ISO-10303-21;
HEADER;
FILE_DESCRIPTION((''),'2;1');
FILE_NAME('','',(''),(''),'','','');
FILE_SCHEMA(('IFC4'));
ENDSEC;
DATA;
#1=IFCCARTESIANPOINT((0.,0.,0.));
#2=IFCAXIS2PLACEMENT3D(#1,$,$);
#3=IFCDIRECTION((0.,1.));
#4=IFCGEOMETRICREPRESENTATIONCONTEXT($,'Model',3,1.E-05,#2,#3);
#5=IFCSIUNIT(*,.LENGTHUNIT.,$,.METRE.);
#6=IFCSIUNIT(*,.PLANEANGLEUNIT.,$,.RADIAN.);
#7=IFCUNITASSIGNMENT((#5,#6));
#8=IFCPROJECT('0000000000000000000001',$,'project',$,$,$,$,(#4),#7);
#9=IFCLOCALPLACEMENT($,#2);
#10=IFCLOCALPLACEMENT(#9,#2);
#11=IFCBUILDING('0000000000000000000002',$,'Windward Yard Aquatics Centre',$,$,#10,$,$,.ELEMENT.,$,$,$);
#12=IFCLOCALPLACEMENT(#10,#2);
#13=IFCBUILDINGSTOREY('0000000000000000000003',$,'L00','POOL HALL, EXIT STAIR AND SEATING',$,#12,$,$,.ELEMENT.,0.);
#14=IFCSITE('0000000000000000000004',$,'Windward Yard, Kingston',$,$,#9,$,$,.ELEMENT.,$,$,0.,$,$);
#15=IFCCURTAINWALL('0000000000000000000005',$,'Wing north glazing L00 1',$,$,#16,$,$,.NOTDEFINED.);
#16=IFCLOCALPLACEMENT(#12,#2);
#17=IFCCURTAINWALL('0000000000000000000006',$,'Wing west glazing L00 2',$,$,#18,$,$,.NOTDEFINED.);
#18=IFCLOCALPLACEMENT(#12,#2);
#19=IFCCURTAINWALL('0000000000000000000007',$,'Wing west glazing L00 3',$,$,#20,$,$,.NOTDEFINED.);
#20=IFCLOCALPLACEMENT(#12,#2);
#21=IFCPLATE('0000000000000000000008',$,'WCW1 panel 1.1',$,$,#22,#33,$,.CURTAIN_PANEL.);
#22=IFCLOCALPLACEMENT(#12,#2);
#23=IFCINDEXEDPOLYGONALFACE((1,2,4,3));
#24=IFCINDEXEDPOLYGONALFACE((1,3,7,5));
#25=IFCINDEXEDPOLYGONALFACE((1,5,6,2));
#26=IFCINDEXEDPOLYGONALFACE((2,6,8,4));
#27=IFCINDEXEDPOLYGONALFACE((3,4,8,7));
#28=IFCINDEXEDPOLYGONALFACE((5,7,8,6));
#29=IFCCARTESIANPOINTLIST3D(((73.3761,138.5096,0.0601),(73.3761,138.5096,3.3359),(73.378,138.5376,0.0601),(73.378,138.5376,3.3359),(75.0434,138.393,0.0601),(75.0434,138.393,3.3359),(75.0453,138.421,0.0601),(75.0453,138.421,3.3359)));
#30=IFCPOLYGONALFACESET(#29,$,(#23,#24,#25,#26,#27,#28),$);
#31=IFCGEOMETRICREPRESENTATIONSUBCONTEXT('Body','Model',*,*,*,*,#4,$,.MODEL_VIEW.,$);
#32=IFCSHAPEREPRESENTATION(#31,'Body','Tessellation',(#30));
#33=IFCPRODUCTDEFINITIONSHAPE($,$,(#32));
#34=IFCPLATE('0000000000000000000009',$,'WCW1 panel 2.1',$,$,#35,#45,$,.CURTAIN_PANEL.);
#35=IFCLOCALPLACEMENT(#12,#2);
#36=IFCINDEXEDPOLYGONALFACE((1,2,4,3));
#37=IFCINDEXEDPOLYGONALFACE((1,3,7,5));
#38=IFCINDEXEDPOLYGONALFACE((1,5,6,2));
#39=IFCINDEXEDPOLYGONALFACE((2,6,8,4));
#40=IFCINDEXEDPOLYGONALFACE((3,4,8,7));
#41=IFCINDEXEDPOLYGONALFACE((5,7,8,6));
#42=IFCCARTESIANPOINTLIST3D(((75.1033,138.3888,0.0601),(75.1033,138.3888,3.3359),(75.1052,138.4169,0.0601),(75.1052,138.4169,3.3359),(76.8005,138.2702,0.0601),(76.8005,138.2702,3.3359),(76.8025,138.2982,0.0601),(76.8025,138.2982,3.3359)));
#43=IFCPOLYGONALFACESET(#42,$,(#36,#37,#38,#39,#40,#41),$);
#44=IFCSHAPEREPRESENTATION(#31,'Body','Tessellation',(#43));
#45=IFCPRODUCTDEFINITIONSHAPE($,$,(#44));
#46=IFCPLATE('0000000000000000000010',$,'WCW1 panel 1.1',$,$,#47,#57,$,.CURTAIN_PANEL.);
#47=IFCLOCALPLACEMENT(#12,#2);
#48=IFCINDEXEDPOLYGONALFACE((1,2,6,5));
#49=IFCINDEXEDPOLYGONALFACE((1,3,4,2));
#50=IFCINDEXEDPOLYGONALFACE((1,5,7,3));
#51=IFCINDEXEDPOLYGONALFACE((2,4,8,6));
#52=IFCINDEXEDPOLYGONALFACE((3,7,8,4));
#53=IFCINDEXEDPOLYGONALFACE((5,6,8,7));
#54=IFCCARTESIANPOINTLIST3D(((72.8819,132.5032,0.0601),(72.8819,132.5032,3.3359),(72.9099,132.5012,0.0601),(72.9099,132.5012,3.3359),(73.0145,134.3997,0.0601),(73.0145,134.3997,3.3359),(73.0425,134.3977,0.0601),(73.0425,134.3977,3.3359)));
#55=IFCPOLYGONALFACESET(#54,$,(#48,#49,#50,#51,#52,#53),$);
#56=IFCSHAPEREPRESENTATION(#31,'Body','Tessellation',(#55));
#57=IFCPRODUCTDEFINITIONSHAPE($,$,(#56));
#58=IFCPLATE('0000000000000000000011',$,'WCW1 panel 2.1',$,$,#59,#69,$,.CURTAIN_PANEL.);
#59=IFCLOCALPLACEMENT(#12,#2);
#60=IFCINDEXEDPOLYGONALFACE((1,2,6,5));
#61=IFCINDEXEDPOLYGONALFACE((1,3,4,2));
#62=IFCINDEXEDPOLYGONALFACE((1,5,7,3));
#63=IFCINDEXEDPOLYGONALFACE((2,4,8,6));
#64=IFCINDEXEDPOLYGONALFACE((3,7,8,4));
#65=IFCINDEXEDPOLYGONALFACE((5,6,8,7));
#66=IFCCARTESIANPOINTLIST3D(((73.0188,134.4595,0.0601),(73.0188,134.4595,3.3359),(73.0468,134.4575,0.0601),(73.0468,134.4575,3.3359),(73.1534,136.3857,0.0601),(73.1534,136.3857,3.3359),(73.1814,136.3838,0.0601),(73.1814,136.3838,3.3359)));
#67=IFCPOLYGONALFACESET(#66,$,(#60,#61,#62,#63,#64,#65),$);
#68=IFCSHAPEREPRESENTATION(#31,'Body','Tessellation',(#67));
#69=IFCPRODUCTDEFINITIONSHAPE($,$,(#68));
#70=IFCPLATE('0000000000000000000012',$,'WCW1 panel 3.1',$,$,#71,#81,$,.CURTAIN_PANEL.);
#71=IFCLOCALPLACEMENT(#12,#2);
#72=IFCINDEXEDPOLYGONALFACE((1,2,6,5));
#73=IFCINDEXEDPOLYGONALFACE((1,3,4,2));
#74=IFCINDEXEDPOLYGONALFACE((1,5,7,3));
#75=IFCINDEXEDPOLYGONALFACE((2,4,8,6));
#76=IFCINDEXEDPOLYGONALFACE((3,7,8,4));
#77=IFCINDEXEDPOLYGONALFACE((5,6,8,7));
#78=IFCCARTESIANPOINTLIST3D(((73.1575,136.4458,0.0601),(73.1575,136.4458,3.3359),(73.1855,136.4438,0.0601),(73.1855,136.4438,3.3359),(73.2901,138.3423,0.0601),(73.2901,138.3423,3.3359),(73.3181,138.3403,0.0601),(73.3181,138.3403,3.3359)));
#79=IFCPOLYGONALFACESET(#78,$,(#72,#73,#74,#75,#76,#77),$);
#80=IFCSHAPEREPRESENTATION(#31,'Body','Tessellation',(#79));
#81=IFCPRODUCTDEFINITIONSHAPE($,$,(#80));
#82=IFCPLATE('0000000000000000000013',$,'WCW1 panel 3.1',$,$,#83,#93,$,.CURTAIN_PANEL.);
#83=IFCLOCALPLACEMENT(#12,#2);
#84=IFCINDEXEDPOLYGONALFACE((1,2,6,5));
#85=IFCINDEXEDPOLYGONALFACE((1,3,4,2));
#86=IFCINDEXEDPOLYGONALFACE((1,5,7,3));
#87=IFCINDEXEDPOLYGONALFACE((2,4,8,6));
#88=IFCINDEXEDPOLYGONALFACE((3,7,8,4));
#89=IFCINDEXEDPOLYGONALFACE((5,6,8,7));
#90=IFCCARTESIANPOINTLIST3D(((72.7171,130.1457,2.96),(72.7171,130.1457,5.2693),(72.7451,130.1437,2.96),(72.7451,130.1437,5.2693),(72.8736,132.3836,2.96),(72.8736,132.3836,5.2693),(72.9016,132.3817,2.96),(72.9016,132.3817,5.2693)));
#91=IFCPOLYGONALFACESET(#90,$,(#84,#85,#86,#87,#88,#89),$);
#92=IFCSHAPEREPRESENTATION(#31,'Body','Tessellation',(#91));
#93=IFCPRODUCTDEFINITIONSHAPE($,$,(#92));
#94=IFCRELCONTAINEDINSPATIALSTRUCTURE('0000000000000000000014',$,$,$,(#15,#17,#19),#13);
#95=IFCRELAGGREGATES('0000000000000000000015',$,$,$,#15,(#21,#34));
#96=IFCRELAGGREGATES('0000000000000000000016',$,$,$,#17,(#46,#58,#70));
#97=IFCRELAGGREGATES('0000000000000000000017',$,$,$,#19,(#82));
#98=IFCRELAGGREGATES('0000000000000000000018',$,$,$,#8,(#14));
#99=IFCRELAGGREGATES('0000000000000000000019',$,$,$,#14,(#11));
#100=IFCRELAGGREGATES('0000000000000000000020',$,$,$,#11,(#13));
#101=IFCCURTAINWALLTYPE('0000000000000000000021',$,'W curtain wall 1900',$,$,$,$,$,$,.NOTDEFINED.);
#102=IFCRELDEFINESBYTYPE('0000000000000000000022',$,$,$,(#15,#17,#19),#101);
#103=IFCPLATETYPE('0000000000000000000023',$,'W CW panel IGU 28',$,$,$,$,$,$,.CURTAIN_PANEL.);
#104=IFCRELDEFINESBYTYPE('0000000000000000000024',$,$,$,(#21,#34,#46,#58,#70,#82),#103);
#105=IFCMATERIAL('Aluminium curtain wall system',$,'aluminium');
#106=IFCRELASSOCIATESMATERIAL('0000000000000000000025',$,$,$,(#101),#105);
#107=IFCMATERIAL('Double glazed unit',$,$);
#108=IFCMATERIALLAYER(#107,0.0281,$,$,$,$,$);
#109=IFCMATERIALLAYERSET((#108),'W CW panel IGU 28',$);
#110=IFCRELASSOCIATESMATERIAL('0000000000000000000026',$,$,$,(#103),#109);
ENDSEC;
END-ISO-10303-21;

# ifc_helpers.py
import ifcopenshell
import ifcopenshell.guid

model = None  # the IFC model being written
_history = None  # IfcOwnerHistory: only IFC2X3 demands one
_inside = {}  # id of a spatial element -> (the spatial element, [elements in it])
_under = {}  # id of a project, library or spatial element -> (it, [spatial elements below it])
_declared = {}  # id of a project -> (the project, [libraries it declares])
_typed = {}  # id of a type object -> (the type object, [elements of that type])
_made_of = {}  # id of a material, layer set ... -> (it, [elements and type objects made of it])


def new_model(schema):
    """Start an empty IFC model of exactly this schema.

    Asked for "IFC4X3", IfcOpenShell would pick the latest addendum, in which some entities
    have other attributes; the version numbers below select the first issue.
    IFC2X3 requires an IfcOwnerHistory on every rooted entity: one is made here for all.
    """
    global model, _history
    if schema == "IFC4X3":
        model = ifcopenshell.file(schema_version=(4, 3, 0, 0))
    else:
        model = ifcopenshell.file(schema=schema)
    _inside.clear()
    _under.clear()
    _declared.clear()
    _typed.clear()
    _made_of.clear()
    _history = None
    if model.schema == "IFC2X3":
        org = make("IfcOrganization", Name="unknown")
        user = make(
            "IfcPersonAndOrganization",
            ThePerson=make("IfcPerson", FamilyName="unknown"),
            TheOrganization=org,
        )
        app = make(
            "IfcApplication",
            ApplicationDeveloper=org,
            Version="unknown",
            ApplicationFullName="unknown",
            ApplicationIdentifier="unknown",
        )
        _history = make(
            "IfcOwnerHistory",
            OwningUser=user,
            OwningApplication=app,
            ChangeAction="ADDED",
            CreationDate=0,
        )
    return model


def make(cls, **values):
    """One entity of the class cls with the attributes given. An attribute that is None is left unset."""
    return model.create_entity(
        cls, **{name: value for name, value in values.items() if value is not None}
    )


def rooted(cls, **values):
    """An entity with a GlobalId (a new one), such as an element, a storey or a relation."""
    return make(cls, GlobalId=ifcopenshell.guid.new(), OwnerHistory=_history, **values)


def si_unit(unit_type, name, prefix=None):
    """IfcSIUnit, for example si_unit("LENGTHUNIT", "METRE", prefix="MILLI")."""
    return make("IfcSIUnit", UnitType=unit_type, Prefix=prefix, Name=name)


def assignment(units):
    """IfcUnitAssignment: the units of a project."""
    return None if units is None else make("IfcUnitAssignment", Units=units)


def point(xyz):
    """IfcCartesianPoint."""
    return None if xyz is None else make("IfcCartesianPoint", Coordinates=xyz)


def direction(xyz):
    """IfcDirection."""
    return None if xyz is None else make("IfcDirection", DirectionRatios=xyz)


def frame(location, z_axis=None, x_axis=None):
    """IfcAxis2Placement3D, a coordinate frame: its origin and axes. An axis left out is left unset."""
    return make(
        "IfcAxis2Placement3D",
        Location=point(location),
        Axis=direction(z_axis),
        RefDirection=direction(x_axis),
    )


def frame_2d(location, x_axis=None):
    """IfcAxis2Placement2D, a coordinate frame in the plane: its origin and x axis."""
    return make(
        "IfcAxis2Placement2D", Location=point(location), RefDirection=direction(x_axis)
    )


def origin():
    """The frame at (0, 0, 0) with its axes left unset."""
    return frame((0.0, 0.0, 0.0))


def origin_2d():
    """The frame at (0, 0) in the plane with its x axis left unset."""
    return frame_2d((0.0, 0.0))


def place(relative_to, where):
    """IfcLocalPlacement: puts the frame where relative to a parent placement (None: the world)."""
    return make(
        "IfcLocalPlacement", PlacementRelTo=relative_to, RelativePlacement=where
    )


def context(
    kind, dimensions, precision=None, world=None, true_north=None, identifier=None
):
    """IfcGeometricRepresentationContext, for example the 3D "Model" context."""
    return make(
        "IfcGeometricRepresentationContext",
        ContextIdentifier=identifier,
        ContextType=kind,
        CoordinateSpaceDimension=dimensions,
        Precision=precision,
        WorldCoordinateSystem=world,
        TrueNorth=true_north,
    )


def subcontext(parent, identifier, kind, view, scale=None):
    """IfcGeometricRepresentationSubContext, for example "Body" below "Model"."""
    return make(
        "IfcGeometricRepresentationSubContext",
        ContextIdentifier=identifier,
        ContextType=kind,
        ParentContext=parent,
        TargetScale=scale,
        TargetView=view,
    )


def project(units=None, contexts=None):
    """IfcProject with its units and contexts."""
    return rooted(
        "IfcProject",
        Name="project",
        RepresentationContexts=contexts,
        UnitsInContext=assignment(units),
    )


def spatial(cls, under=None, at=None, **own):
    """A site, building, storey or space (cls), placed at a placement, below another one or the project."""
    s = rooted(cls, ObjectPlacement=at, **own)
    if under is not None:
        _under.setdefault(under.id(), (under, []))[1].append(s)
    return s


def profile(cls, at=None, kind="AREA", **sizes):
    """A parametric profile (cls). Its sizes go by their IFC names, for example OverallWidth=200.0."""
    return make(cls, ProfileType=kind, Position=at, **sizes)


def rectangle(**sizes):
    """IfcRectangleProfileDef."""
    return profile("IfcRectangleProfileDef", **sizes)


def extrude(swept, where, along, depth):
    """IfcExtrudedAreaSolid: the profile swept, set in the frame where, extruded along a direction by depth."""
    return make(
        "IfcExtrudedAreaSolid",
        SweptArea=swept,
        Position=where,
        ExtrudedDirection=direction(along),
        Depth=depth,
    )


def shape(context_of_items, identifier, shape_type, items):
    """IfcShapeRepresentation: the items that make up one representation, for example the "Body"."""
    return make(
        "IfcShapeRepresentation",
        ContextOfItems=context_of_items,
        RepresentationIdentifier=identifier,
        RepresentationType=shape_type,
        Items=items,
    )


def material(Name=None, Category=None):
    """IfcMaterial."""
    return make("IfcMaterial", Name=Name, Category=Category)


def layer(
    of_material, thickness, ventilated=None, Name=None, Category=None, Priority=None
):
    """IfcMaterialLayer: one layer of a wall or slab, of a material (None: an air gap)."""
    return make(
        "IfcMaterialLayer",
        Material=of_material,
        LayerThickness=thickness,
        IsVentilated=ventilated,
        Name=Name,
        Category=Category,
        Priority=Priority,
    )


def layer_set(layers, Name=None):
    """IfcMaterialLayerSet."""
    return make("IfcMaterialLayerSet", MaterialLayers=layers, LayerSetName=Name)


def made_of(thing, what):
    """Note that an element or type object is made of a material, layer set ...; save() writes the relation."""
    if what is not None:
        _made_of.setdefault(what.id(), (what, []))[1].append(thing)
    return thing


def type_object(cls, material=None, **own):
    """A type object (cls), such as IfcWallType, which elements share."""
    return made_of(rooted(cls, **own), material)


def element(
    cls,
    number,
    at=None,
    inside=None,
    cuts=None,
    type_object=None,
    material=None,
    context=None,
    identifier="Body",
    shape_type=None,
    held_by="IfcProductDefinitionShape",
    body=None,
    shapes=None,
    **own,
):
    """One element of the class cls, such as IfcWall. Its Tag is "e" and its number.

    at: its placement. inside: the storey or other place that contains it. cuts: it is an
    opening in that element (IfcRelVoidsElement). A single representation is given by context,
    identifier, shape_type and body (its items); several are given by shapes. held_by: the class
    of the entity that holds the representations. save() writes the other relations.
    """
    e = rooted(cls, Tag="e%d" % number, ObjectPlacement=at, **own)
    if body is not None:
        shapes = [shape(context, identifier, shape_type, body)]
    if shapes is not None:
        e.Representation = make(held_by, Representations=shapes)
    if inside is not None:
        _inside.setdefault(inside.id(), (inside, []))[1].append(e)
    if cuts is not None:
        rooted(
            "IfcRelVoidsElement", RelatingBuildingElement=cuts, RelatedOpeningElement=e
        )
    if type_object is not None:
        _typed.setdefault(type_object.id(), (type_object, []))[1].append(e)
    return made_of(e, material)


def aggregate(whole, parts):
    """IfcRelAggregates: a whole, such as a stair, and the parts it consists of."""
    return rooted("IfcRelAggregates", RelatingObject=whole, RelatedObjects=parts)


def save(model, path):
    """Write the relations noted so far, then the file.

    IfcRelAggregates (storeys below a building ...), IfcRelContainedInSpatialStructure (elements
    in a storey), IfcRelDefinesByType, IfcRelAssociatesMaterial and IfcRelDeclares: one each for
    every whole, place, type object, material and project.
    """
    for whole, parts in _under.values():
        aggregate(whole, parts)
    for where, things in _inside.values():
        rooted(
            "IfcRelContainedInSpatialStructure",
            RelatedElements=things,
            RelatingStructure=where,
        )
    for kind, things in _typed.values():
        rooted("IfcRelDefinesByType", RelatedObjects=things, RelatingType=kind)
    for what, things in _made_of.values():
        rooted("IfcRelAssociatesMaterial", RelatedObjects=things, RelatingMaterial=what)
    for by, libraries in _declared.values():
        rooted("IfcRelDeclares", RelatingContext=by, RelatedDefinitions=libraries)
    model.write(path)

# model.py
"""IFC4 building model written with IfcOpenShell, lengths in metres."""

from ifc_helpers import new_model, si_unit, direction, frame, origin, origin_2d, place, context, subcontext, project, spatial, rectangle, extrude, material, layer, layer_set, type_object, element, aggregate, save


model = new_model("IFC4")

# Units and contexts
model_context = context("Model", 3, precision=1e-05, world=origin(), true_north=direction((0.0, 1.0)))
body_context = subcontext(model_context, "Body", "Model", "MODEL_VIEW")
ifc_project = project(units=[si_unit("LENGTHUNIT", "METRE"), si_unit("PLANEANGLEUNIT", "RADIAN")], contexts=[model_context])

# Site, building, storey
site_placement = place(None, origin())
site = spatial("IfcSite", under=ifc_project, at=site_placement, Name="Windward Yard, Kingston", CompositionType="ELEMENT", RefElevation=0.0)
building_placement = place(site_placement, origin())
building = spatial("IfcBuilding", under=site, at=building_placement, Name="Windward Yard Aquatics Centre", CompositionType="ELEMENT")
storey_placement = place(building_placement, origin())
storey = spatial("IfcBuildingStorey", under=building, at=storey_placement, Name="L00", Description="POOL HALL, EXIT STAIR AND SEATING", CompositionType="ELEMENT", Elevation=0.0)

# Curtain walls
ifc_material_1 = material(Name="Aluminium curtain wall system", Category="aluminium")
curtain_wall_type = type_object("IfcCurtainWallType", Name="W curtain wall 1900", PredefinedType="NOTDEFINED", material=ifc_material_1)
curtain_wall_1_placement = place(storey_placement, origin())
curtain_wall_1 = element("IfcCurtainWall", 1, at=curtain_wall_1_placement, inside=storey, type_object=curtain_wall_type, Name="Wing north glazing L00 1", PredefinedType="NOTDEFINED")
curtain_wall_2_placement = place(storey_placement, origin())
curtain_wall_2 = element("IfcCurtainWall", 2, at=curtain_wall_2_placement, inside=storey, type_object=curtain_wall_type, Name="Wing west glazing L00 2", PredefinedType="NOTDEFINED")
curtain_wall_3_placement = place(storey_placement, origin())
curtain_wall_3 = element("IfcCurtainWall", 3, at=curtain_wall_3_placement, inside=storey, type_object=curtain_wall_type, Name="Wing west glazing L00 3", PredefinedType="NOTDEFINED")

# Plates
ifc_material_2 = material(Name="Double glazed unit")
ifc_layer = layer(ifc_material_2, 0.0281)
ifc_layer_set = layer_set([ifc_layer], Name="W CW panel IGU 28")
plate_type = type_object("IfcPlateType", Name="W CW panel IGU 28", PredefinedType="CURTAIN_PANEL", material=ifc_layer_set)
plate_1_placement = place(storey_placement, frame((74.2107, 138.4653, 0.0601), z_axis=(0.0, 0.0, 1.0), x_axis=(0.997564, -0.069756, 0.0)))
plate_1 = element("IfcPlate", 4, at=plate_1_placement, type_object=plate_type, Name="WCW1 panel 1.1", PredefinedType="CURTAIN_PANEL", context=body_context, shape_type="SweptSolid", body=[
    extrude(rectangle(XDim=1.6714, YDim=0.0281, at=origin_2d()), origin(), (0.0, 0.0, 1.0), 3.2759),
])
plate_2_placement = place(storey_placement, frame((75.9529, 138.3435, 0.0601), z_axis=(0.0, 0.0, 1.0), x_axis=(0.997564, -0.069756, 0.0)))
plate_2 = element("IfcPlate", 5, at=plate_2_placement, type_object=plate_type, Name="WCW1 panel 2.1", PredefinedType="CURTAIN_PANEL", context=body_context, shape_type="SweptSolid", body=[
    extrude(rectangle(XDim=1.7014, YDim=0.0281, at=origin_2d()), origin(), (0.0, 0.0, 1.0), 3.2759),
])
aggregate(curtain_wall_1, [plate_1, plate_2])
plate_3_placement = place(storey_placement, frame((72.9622, 133.4504, 0.0601), z_axis=(0.0, 0.0, 1.0), x_axis=(0.069747, 0.997565, 0.0)))
plate_3 = element("IfcPlate", 6, at=plate_3_placement, type_object=plate_type, Name="WCW1 panel 1.1", PredefinedType="CURTAIN_PANEL", context=body_context, shape_type="SweptSolid", body=[
    extrude(rectangle(XDim=1.9011, YDim=0.0281, at=origin_2d()), origin(), (0.0, 0.0, 1.0), 3.2759),
])
plate_4_placement = place(storey_placement, frame((73.1001, 135.4216, 0.0601), z_axis=(0.0, 0.0, 1.0), x_axis=(0.069747, 0.997565, 0.0)))
plate_4 = element("IfcPlate", 7, at=plate_4_placement, type_object=plate_type, Name="WCW1 panel 2.1", PredefinedType="CURTAIN_PANEL", context=body_context, shape_type="SweptSolid", body=[
    extrude(rectangle(XDim=1.9309, YDim=0.0281, at=origin_2d()), origin(), (0.0, 0.0, 1.0), 3.2759),
])
plate_5_placement = place(storey_placement, frame((73.2378, 137.3931, 0.0601), z_axis=(0.0, 0.0, 1.0), x_axis=(0.069747, 0.997565, 0.0)))
plate_5 = element("IfcPlate", 8, at=plate_5_placement, type_object=plate_type, Name="WCW1 panel 3.1", PredefinedType="CURTAIN_PANEL", context=body_context, shape_type="SweptSolid", body=[
    extrude(rectangle(XDim=1.9011, YDim=0.0281, at=origin_2d()), origin(), (0.0, 0.0, 1.0), 3.2759),
])
aggregate(curtain_wall_2, [plate_3, plate_4, plate_5])
plate_6_placement = place(storey_placement, frame((72.8093, 131.2637, 2.96), z_axis=(0.0, 0.0, 1.0), x_axis=(0.069758, 0.997564, 0.0)))
plate_6 = element("IfcPlate", 9, at=plate_6_placement, type_object=plate_type, Name="WCW1 panel 3.1", PredefinedType="CURTAIN_PANEL", context=body_context, shape_type="SweptSolid", body=[
    extrude(rectangle(XDim=2.2434, YDim=0.0281, at=origin_2d()), origin(), (0.0, 0.0, 1.0), 2.3093),
])
aggregate(curtain_wall_3, [plate_6])

save(model, "model.ifc")
